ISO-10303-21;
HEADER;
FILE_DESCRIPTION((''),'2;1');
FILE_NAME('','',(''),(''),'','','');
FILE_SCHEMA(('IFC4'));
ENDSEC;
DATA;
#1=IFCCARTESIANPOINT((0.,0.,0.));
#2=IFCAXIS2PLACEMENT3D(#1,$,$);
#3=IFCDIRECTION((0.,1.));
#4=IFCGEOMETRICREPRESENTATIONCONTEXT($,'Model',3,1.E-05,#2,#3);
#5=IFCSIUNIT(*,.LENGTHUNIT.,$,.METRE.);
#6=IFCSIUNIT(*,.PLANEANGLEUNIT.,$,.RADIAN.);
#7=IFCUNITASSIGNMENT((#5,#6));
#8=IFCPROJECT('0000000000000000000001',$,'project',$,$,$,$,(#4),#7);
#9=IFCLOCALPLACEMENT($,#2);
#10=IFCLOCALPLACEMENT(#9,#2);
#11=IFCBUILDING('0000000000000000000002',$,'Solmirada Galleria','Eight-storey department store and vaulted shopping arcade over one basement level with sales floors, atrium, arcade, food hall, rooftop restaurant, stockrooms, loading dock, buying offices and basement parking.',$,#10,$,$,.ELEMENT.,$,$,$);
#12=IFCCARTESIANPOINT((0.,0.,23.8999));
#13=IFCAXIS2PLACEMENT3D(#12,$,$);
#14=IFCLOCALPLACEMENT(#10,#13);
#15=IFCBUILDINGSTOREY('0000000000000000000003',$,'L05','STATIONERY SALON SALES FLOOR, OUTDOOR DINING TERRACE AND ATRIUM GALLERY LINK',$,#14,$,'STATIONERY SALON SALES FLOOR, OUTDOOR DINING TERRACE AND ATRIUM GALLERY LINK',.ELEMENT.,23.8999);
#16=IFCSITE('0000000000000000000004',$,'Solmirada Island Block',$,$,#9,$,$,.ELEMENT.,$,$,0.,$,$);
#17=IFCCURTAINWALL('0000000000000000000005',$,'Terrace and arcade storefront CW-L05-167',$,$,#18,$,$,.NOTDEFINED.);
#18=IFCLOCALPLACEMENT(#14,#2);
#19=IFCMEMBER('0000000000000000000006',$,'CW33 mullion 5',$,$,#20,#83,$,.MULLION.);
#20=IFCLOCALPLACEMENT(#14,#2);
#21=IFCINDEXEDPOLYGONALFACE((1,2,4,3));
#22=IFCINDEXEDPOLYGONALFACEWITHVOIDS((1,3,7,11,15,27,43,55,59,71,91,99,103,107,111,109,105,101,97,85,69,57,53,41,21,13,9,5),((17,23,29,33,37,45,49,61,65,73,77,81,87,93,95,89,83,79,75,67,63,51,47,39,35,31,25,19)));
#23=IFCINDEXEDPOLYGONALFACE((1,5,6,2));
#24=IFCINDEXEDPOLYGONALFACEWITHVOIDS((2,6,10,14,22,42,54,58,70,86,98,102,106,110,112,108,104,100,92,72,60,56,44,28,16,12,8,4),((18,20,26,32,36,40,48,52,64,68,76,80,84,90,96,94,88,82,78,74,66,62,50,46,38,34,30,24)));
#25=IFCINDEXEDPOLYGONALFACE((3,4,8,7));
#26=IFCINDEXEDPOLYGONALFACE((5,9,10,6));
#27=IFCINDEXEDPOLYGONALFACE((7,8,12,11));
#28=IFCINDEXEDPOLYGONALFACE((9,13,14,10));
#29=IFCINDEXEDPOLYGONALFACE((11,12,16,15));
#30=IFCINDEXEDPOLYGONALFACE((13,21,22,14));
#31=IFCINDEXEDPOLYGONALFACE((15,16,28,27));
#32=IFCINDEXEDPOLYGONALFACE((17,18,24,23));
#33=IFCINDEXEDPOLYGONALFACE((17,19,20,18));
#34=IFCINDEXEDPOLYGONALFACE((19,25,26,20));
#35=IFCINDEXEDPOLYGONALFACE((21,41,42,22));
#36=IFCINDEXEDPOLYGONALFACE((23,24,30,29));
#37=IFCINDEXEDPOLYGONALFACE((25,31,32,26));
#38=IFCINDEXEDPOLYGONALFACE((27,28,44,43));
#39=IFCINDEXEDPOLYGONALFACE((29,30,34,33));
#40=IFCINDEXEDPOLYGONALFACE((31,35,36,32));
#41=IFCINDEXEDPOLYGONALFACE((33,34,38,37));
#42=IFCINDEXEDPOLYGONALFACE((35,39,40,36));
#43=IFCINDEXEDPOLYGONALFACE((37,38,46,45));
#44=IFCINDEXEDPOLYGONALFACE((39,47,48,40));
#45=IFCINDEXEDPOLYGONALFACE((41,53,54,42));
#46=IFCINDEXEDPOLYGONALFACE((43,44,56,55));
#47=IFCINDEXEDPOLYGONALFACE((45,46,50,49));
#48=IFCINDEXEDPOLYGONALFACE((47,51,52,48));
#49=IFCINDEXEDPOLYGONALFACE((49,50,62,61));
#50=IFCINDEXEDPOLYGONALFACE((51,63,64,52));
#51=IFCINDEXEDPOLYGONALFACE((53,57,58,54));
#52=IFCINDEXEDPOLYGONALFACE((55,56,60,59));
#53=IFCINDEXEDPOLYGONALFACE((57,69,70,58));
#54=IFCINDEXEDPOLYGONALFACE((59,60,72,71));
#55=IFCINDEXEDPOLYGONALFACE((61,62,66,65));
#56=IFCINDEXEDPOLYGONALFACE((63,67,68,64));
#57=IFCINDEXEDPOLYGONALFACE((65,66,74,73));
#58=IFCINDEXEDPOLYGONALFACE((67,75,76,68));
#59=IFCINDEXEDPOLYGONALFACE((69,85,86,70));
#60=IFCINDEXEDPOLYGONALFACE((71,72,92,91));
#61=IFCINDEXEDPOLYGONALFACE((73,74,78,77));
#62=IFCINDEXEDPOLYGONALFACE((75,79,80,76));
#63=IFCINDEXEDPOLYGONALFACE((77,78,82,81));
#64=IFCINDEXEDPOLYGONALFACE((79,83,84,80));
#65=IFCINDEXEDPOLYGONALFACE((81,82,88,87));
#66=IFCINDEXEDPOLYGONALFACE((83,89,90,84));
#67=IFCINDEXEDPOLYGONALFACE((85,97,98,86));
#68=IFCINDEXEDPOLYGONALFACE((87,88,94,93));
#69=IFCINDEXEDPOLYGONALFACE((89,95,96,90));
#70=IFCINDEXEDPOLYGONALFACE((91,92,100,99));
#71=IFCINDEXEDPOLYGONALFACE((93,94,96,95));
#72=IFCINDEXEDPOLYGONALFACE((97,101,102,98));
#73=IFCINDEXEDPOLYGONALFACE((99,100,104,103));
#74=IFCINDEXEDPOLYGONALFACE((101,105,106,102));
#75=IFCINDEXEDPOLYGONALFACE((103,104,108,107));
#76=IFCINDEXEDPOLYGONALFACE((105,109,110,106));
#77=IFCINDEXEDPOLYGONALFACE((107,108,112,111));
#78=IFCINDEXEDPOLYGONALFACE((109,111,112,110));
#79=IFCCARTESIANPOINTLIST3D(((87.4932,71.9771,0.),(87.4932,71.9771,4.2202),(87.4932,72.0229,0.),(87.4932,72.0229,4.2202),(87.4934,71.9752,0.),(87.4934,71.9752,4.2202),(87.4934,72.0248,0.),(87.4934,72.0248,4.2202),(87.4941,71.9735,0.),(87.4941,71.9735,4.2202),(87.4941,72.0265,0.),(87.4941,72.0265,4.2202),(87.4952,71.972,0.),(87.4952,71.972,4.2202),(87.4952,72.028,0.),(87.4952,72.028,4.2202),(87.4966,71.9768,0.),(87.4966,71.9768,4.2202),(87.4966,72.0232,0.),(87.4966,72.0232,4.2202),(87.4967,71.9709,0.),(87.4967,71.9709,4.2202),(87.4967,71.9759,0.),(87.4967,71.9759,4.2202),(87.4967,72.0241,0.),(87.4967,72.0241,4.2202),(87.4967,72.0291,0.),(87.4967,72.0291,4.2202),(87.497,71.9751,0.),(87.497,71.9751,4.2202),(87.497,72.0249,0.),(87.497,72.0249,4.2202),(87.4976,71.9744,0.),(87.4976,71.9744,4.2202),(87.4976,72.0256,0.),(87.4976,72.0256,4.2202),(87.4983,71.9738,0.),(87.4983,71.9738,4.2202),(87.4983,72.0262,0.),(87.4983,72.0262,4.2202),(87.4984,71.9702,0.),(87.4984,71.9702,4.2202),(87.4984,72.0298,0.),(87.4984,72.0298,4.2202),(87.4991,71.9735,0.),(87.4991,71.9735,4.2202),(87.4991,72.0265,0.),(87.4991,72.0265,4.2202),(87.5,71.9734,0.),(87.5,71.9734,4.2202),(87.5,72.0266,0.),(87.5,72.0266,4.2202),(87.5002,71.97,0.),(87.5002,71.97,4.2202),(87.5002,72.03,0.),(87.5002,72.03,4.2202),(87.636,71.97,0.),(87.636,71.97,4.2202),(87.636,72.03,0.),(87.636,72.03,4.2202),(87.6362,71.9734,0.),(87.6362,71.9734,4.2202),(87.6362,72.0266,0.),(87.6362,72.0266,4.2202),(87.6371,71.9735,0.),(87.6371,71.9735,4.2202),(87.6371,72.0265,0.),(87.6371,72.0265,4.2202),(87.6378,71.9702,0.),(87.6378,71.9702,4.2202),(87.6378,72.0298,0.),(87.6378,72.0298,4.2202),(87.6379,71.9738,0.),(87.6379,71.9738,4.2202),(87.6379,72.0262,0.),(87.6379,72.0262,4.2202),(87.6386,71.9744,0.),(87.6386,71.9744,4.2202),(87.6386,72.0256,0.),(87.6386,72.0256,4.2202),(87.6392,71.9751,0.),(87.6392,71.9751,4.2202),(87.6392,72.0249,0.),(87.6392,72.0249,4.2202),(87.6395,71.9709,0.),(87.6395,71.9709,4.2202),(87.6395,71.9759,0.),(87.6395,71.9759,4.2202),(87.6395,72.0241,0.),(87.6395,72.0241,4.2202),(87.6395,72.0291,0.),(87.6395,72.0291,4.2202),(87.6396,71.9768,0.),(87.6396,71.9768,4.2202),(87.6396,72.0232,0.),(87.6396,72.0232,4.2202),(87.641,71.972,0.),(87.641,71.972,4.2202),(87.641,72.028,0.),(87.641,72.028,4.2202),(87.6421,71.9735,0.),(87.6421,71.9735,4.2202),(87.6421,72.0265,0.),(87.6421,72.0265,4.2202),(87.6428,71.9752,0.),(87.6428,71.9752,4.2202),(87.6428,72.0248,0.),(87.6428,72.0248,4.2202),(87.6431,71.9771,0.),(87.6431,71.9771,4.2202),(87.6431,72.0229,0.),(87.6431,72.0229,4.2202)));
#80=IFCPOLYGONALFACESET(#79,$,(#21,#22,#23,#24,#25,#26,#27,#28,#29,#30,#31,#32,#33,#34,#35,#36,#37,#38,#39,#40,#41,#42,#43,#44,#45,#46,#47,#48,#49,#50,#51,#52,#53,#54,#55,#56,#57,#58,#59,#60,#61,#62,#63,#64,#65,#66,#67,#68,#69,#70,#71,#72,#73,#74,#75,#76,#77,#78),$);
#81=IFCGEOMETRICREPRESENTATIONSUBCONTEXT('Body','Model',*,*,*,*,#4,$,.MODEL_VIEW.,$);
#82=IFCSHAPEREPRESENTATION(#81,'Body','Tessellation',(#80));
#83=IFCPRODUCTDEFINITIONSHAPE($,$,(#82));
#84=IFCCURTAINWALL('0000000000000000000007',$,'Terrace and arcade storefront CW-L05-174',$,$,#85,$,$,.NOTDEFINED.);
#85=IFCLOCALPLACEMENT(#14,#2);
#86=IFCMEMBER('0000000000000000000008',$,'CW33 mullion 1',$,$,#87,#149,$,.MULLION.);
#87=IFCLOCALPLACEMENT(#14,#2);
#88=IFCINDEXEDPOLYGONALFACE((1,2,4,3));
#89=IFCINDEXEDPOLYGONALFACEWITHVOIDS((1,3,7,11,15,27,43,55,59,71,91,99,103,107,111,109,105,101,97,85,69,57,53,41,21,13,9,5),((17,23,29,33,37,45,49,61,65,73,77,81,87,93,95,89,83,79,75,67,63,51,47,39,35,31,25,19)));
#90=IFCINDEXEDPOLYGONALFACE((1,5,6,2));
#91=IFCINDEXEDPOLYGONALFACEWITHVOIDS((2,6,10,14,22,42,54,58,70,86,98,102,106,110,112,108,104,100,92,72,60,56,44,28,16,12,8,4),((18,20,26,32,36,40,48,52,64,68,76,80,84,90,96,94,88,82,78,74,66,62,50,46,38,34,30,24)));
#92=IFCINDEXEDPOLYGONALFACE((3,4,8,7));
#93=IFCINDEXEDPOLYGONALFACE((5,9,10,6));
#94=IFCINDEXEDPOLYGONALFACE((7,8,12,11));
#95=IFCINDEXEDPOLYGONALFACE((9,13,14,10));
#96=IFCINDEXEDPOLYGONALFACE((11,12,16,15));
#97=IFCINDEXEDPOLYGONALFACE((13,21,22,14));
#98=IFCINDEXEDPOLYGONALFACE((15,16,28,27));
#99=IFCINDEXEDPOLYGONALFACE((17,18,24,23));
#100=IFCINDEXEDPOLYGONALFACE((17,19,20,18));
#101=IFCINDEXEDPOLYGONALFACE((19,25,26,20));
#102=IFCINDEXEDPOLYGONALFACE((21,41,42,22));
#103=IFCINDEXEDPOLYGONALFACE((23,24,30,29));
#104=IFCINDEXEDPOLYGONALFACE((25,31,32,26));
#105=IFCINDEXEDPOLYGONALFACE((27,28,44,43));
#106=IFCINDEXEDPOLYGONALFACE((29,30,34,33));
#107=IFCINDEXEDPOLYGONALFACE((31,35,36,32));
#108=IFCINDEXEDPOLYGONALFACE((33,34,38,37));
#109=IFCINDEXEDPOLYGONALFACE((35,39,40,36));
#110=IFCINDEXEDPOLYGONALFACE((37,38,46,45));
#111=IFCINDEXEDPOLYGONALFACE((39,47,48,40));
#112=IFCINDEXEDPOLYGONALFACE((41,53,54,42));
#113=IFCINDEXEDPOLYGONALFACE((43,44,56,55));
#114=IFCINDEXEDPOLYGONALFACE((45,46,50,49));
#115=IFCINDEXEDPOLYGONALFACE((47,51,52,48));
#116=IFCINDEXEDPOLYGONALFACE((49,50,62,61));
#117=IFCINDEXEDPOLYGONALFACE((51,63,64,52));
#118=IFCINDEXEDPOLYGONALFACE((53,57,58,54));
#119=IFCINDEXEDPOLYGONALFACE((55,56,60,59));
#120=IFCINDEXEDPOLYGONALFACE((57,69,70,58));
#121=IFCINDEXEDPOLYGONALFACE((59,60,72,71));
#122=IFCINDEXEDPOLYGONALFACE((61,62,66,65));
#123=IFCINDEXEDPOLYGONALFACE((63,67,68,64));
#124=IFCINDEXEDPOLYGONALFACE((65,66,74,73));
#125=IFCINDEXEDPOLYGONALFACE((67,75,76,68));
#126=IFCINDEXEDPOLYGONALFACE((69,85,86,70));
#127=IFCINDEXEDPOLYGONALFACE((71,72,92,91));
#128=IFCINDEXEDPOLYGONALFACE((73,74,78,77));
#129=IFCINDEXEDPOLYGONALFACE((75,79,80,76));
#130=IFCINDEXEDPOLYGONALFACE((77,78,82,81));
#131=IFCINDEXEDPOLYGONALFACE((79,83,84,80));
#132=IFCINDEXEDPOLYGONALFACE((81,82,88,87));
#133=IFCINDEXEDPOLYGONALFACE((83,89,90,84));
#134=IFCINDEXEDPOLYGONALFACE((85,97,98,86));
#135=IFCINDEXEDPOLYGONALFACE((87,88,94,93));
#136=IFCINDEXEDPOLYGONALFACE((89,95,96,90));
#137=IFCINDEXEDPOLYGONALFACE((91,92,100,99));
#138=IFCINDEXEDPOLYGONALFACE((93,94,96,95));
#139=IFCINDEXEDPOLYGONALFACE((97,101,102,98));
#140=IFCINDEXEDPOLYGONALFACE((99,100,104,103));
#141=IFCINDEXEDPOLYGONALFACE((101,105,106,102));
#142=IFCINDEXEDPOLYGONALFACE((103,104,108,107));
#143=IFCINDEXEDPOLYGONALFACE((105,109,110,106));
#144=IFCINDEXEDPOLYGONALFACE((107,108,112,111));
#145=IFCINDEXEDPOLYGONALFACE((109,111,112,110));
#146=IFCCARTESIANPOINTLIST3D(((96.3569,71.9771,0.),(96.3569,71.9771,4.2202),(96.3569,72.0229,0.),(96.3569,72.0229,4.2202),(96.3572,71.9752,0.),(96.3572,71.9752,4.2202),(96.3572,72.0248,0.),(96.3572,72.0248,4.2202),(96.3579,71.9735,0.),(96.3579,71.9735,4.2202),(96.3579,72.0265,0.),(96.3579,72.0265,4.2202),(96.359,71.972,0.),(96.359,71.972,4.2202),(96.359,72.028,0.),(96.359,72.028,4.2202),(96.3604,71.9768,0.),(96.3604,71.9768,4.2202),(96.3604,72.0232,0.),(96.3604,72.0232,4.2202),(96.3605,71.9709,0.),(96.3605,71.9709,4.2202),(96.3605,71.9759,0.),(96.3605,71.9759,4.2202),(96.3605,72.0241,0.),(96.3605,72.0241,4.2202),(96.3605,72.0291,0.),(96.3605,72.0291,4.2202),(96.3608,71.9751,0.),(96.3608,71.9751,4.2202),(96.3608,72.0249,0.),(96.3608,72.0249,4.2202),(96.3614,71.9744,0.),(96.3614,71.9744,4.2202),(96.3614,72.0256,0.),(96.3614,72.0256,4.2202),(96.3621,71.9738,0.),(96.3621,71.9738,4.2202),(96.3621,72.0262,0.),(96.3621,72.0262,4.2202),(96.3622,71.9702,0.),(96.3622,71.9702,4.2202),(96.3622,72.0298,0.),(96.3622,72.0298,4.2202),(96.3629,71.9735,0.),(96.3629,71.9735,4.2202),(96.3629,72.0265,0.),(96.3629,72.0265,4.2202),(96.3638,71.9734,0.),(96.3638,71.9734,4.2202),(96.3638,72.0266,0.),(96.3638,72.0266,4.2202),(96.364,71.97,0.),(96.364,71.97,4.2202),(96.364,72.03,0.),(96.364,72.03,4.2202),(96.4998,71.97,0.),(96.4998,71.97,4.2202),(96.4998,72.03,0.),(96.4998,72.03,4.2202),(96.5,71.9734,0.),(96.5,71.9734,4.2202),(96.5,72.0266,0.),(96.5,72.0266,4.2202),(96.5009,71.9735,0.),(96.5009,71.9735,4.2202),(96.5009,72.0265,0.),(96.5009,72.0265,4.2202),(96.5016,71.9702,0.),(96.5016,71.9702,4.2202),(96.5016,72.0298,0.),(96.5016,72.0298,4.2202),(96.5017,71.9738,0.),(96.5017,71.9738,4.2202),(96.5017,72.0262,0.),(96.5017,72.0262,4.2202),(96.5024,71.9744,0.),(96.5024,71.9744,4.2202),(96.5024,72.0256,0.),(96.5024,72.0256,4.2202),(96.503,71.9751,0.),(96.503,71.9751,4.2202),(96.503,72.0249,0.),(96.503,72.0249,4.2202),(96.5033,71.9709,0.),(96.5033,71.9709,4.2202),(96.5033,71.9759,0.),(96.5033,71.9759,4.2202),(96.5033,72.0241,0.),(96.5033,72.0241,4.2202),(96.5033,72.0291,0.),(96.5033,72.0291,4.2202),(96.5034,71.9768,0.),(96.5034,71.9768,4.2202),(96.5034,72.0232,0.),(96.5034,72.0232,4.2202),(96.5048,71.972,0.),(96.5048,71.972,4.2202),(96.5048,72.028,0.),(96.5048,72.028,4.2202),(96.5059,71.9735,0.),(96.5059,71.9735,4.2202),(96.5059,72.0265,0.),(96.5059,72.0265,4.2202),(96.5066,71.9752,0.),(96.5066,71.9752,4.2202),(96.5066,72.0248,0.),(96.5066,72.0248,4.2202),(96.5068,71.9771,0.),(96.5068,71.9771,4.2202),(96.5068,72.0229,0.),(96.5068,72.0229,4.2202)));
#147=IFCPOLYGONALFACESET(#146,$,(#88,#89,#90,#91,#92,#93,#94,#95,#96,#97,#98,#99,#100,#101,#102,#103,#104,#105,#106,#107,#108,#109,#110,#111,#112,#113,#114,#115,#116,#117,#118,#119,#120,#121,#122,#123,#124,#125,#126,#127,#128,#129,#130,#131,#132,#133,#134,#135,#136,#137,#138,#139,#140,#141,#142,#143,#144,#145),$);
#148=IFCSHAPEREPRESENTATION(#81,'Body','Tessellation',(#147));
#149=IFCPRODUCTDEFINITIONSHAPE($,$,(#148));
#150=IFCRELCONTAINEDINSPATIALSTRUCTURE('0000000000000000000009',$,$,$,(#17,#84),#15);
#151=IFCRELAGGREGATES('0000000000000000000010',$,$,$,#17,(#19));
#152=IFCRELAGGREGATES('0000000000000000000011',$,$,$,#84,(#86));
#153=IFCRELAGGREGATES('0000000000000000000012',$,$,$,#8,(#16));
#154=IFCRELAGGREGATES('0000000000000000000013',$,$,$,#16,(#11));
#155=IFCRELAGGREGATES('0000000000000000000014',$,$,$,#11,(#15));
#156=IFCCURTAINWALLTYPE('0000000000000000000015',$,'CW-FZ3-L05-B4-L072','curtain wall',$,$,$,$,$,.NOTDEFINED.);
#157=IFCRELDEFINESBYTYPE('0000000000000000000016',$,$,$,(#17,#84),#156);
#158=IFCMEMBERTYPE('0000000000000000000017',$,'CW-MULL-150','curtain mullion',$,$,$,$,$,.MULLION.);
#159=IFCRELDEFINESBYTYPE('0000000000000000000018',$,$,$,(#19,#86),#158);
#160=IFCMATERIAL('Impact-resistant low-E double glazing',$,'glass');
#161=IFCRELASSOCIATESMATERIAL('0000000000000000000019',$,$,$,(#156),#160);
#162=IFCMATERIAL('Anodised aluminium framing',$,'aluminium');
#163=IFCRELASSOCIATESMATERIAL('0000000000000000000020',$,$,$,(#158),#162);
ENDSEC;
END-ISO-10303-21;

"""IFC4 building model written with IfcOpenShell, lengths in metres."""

from ifc_helpers import new_model, si_unit, direction, frame, origin, origin_2d, place, context, subcontext, project, spatial, hollow_rectangle, extrude, material, material_profile, profile_set, type_object, element, aggregate, save


model = new_model("IFC4")

# Units and contexts
model_context = context("Model", 3, precision=1e-05, world=origin(), true_north=direction((0.0, 1.0)))
body_context = subcontext(model_context, "Body", "Model", "MODEL_VIEW")
ifc_project = project(units=[si_unit("LENGTHUNIT", "METRE"), si_unit("PLANEANGLEUNIT", "RADIAN")], contexts=[model_context])

# Site, building, storey
site_placement = place(None, origin())
site = spatial("IfcSite", under=ifc_project, at=site_placement, Name="Solmirada Island Block", CompositionType="ELEMENT", RefElevation=0.0)
building_placement = place(site_placement, origin())
building = spatial("IfcBuilding", under=site, at=building_placement, Name="Solmirada Galleria", Description="Eight-storey department store and vaulted shopping arcade over one basement level with sales floors, atrium, arcade, food hall, rooftop restaurant, stockrooms, loading dock, buying offices and basement parking.", CompositionType="ELEMENT")
storey_placement = place(building_placement, frame((0.0, 0.0, 23.8999)))
storey = spatial("IfcBuildingStorey", under=building, at=storey_placement, Name="L05", Description="STATIONERY SALON SALES FLOOR, OUTDOOR DINING TERRACE AND ATRIUM GALLERY LINK", LongName="STATIONERY SALON SALES FLOOR, OUTDOOR DINING TERRACE AND ATRIUM GALLERY LINK", CompositionType="ELEMENT", Elevation=23.8999)

# Curtain wall, member
ifc_material_1 = material(Name="Impact-resistant low-E double glazing", Category="glass")
curtain_wall_type = type_object("IfcCurtainWallType", Name="CW-FZ3-L05-B4-L072", Description="curtain wall", PredefinedType="NOTDEFINED", material=ifc_material_1)
curtain_wall_1_placement = place(storey_placement, origin())
curtain_wall_1 = element("IfcCurtainWall", 1, at=curtain_wall_1_placement, inside=storey, type_object=curtain_wall_type, Name="Terrace and arcade storefront CW-L05-167", PredefinedType="NOTDEFINED")
ifc_material_2 = material(Name="Anodised aluminium framing", Category="aluminium")
ifc_material_profile_1 = material_profile(ifc_material_2, hollow_rectangle(XDim=0.0601, YDim=0.1499, WallThickness=0.0034, InnerFilletRadius=0.0034, OuterFilletRadius=0.0071, at=origin_2d()), Name="ALU-MULL-150X60")
ifc_profile_set_1 = profile_set([ifc_material_profile_1], Name="Anodised aluminium framing")
member_type_1 = type_object("IfcMemberType", Name="CW-MULL-150", Description="curtain mullion", PredefinedType="MULLION", material=ifc_profile_set_1)
member_1_placement = place(storey_placement, frame((87.5681, 72.0, 0.0), z_axis=(0.0, 0.0, 1.0), x_axis=(0.0, 1.0, 0.0)))
member_1 = element("IfcMember", 2, at=member_1_placement, type_object=member_type_1, Name="CW33 mullion 5", PredefinedType="MULLION", context=body_context, shape_type="SweptSolid", body=[
    extrude(hollow_rectangle(XDim=0.0601, YDim=0.1499, WallThickness=0.0034, InnerFilletRadius=0.0034, OuterFilletRadius=0.0071, at=origin_2d()), origin(), (0.0, 0.0, 1.0), 4.2202),
])

# Curtain wall, member
curtain_wall_2_placement = place(storey_placement, origin())
curtain_wall_2 = element("IfcCurtainWall", 3, at=curtain_wall_2_placement, inside=storey, type_object=curtain_wall_type, Name="Terrace and arcade storefront CW-L05-174", PredefinedType="NOTDEFINED")
member_2_placement = place(storey_placement, frame((96.4319, 72.0, 0.0), z_axis=(0.0, 0.0, 1.0), x_axis=(0.0, 1.0, 0.0)))
member_2 = element("IfcMember", 4, at=member_2_placement, type_object=member_type_1, Name="CW33 mullion 1", PredefinedType="MULLION", context=body_context, shape_type="SweptSolid", body=[
    extrude(hollow_rectangle(XDim=0.0601, YDim=0.1499, WallThickness=0.0034, InnerFilletRadius=0.0034, OuterFilletRadius=0.0071, at=origin_2d()), origin(), (0.0, 0.0, 1.0), 4.2202),
])

aggregate(curtain_wall_1, [member_1])
aggregate(curtain_wall_2, [member_2])

save(model, "model.ifc")
